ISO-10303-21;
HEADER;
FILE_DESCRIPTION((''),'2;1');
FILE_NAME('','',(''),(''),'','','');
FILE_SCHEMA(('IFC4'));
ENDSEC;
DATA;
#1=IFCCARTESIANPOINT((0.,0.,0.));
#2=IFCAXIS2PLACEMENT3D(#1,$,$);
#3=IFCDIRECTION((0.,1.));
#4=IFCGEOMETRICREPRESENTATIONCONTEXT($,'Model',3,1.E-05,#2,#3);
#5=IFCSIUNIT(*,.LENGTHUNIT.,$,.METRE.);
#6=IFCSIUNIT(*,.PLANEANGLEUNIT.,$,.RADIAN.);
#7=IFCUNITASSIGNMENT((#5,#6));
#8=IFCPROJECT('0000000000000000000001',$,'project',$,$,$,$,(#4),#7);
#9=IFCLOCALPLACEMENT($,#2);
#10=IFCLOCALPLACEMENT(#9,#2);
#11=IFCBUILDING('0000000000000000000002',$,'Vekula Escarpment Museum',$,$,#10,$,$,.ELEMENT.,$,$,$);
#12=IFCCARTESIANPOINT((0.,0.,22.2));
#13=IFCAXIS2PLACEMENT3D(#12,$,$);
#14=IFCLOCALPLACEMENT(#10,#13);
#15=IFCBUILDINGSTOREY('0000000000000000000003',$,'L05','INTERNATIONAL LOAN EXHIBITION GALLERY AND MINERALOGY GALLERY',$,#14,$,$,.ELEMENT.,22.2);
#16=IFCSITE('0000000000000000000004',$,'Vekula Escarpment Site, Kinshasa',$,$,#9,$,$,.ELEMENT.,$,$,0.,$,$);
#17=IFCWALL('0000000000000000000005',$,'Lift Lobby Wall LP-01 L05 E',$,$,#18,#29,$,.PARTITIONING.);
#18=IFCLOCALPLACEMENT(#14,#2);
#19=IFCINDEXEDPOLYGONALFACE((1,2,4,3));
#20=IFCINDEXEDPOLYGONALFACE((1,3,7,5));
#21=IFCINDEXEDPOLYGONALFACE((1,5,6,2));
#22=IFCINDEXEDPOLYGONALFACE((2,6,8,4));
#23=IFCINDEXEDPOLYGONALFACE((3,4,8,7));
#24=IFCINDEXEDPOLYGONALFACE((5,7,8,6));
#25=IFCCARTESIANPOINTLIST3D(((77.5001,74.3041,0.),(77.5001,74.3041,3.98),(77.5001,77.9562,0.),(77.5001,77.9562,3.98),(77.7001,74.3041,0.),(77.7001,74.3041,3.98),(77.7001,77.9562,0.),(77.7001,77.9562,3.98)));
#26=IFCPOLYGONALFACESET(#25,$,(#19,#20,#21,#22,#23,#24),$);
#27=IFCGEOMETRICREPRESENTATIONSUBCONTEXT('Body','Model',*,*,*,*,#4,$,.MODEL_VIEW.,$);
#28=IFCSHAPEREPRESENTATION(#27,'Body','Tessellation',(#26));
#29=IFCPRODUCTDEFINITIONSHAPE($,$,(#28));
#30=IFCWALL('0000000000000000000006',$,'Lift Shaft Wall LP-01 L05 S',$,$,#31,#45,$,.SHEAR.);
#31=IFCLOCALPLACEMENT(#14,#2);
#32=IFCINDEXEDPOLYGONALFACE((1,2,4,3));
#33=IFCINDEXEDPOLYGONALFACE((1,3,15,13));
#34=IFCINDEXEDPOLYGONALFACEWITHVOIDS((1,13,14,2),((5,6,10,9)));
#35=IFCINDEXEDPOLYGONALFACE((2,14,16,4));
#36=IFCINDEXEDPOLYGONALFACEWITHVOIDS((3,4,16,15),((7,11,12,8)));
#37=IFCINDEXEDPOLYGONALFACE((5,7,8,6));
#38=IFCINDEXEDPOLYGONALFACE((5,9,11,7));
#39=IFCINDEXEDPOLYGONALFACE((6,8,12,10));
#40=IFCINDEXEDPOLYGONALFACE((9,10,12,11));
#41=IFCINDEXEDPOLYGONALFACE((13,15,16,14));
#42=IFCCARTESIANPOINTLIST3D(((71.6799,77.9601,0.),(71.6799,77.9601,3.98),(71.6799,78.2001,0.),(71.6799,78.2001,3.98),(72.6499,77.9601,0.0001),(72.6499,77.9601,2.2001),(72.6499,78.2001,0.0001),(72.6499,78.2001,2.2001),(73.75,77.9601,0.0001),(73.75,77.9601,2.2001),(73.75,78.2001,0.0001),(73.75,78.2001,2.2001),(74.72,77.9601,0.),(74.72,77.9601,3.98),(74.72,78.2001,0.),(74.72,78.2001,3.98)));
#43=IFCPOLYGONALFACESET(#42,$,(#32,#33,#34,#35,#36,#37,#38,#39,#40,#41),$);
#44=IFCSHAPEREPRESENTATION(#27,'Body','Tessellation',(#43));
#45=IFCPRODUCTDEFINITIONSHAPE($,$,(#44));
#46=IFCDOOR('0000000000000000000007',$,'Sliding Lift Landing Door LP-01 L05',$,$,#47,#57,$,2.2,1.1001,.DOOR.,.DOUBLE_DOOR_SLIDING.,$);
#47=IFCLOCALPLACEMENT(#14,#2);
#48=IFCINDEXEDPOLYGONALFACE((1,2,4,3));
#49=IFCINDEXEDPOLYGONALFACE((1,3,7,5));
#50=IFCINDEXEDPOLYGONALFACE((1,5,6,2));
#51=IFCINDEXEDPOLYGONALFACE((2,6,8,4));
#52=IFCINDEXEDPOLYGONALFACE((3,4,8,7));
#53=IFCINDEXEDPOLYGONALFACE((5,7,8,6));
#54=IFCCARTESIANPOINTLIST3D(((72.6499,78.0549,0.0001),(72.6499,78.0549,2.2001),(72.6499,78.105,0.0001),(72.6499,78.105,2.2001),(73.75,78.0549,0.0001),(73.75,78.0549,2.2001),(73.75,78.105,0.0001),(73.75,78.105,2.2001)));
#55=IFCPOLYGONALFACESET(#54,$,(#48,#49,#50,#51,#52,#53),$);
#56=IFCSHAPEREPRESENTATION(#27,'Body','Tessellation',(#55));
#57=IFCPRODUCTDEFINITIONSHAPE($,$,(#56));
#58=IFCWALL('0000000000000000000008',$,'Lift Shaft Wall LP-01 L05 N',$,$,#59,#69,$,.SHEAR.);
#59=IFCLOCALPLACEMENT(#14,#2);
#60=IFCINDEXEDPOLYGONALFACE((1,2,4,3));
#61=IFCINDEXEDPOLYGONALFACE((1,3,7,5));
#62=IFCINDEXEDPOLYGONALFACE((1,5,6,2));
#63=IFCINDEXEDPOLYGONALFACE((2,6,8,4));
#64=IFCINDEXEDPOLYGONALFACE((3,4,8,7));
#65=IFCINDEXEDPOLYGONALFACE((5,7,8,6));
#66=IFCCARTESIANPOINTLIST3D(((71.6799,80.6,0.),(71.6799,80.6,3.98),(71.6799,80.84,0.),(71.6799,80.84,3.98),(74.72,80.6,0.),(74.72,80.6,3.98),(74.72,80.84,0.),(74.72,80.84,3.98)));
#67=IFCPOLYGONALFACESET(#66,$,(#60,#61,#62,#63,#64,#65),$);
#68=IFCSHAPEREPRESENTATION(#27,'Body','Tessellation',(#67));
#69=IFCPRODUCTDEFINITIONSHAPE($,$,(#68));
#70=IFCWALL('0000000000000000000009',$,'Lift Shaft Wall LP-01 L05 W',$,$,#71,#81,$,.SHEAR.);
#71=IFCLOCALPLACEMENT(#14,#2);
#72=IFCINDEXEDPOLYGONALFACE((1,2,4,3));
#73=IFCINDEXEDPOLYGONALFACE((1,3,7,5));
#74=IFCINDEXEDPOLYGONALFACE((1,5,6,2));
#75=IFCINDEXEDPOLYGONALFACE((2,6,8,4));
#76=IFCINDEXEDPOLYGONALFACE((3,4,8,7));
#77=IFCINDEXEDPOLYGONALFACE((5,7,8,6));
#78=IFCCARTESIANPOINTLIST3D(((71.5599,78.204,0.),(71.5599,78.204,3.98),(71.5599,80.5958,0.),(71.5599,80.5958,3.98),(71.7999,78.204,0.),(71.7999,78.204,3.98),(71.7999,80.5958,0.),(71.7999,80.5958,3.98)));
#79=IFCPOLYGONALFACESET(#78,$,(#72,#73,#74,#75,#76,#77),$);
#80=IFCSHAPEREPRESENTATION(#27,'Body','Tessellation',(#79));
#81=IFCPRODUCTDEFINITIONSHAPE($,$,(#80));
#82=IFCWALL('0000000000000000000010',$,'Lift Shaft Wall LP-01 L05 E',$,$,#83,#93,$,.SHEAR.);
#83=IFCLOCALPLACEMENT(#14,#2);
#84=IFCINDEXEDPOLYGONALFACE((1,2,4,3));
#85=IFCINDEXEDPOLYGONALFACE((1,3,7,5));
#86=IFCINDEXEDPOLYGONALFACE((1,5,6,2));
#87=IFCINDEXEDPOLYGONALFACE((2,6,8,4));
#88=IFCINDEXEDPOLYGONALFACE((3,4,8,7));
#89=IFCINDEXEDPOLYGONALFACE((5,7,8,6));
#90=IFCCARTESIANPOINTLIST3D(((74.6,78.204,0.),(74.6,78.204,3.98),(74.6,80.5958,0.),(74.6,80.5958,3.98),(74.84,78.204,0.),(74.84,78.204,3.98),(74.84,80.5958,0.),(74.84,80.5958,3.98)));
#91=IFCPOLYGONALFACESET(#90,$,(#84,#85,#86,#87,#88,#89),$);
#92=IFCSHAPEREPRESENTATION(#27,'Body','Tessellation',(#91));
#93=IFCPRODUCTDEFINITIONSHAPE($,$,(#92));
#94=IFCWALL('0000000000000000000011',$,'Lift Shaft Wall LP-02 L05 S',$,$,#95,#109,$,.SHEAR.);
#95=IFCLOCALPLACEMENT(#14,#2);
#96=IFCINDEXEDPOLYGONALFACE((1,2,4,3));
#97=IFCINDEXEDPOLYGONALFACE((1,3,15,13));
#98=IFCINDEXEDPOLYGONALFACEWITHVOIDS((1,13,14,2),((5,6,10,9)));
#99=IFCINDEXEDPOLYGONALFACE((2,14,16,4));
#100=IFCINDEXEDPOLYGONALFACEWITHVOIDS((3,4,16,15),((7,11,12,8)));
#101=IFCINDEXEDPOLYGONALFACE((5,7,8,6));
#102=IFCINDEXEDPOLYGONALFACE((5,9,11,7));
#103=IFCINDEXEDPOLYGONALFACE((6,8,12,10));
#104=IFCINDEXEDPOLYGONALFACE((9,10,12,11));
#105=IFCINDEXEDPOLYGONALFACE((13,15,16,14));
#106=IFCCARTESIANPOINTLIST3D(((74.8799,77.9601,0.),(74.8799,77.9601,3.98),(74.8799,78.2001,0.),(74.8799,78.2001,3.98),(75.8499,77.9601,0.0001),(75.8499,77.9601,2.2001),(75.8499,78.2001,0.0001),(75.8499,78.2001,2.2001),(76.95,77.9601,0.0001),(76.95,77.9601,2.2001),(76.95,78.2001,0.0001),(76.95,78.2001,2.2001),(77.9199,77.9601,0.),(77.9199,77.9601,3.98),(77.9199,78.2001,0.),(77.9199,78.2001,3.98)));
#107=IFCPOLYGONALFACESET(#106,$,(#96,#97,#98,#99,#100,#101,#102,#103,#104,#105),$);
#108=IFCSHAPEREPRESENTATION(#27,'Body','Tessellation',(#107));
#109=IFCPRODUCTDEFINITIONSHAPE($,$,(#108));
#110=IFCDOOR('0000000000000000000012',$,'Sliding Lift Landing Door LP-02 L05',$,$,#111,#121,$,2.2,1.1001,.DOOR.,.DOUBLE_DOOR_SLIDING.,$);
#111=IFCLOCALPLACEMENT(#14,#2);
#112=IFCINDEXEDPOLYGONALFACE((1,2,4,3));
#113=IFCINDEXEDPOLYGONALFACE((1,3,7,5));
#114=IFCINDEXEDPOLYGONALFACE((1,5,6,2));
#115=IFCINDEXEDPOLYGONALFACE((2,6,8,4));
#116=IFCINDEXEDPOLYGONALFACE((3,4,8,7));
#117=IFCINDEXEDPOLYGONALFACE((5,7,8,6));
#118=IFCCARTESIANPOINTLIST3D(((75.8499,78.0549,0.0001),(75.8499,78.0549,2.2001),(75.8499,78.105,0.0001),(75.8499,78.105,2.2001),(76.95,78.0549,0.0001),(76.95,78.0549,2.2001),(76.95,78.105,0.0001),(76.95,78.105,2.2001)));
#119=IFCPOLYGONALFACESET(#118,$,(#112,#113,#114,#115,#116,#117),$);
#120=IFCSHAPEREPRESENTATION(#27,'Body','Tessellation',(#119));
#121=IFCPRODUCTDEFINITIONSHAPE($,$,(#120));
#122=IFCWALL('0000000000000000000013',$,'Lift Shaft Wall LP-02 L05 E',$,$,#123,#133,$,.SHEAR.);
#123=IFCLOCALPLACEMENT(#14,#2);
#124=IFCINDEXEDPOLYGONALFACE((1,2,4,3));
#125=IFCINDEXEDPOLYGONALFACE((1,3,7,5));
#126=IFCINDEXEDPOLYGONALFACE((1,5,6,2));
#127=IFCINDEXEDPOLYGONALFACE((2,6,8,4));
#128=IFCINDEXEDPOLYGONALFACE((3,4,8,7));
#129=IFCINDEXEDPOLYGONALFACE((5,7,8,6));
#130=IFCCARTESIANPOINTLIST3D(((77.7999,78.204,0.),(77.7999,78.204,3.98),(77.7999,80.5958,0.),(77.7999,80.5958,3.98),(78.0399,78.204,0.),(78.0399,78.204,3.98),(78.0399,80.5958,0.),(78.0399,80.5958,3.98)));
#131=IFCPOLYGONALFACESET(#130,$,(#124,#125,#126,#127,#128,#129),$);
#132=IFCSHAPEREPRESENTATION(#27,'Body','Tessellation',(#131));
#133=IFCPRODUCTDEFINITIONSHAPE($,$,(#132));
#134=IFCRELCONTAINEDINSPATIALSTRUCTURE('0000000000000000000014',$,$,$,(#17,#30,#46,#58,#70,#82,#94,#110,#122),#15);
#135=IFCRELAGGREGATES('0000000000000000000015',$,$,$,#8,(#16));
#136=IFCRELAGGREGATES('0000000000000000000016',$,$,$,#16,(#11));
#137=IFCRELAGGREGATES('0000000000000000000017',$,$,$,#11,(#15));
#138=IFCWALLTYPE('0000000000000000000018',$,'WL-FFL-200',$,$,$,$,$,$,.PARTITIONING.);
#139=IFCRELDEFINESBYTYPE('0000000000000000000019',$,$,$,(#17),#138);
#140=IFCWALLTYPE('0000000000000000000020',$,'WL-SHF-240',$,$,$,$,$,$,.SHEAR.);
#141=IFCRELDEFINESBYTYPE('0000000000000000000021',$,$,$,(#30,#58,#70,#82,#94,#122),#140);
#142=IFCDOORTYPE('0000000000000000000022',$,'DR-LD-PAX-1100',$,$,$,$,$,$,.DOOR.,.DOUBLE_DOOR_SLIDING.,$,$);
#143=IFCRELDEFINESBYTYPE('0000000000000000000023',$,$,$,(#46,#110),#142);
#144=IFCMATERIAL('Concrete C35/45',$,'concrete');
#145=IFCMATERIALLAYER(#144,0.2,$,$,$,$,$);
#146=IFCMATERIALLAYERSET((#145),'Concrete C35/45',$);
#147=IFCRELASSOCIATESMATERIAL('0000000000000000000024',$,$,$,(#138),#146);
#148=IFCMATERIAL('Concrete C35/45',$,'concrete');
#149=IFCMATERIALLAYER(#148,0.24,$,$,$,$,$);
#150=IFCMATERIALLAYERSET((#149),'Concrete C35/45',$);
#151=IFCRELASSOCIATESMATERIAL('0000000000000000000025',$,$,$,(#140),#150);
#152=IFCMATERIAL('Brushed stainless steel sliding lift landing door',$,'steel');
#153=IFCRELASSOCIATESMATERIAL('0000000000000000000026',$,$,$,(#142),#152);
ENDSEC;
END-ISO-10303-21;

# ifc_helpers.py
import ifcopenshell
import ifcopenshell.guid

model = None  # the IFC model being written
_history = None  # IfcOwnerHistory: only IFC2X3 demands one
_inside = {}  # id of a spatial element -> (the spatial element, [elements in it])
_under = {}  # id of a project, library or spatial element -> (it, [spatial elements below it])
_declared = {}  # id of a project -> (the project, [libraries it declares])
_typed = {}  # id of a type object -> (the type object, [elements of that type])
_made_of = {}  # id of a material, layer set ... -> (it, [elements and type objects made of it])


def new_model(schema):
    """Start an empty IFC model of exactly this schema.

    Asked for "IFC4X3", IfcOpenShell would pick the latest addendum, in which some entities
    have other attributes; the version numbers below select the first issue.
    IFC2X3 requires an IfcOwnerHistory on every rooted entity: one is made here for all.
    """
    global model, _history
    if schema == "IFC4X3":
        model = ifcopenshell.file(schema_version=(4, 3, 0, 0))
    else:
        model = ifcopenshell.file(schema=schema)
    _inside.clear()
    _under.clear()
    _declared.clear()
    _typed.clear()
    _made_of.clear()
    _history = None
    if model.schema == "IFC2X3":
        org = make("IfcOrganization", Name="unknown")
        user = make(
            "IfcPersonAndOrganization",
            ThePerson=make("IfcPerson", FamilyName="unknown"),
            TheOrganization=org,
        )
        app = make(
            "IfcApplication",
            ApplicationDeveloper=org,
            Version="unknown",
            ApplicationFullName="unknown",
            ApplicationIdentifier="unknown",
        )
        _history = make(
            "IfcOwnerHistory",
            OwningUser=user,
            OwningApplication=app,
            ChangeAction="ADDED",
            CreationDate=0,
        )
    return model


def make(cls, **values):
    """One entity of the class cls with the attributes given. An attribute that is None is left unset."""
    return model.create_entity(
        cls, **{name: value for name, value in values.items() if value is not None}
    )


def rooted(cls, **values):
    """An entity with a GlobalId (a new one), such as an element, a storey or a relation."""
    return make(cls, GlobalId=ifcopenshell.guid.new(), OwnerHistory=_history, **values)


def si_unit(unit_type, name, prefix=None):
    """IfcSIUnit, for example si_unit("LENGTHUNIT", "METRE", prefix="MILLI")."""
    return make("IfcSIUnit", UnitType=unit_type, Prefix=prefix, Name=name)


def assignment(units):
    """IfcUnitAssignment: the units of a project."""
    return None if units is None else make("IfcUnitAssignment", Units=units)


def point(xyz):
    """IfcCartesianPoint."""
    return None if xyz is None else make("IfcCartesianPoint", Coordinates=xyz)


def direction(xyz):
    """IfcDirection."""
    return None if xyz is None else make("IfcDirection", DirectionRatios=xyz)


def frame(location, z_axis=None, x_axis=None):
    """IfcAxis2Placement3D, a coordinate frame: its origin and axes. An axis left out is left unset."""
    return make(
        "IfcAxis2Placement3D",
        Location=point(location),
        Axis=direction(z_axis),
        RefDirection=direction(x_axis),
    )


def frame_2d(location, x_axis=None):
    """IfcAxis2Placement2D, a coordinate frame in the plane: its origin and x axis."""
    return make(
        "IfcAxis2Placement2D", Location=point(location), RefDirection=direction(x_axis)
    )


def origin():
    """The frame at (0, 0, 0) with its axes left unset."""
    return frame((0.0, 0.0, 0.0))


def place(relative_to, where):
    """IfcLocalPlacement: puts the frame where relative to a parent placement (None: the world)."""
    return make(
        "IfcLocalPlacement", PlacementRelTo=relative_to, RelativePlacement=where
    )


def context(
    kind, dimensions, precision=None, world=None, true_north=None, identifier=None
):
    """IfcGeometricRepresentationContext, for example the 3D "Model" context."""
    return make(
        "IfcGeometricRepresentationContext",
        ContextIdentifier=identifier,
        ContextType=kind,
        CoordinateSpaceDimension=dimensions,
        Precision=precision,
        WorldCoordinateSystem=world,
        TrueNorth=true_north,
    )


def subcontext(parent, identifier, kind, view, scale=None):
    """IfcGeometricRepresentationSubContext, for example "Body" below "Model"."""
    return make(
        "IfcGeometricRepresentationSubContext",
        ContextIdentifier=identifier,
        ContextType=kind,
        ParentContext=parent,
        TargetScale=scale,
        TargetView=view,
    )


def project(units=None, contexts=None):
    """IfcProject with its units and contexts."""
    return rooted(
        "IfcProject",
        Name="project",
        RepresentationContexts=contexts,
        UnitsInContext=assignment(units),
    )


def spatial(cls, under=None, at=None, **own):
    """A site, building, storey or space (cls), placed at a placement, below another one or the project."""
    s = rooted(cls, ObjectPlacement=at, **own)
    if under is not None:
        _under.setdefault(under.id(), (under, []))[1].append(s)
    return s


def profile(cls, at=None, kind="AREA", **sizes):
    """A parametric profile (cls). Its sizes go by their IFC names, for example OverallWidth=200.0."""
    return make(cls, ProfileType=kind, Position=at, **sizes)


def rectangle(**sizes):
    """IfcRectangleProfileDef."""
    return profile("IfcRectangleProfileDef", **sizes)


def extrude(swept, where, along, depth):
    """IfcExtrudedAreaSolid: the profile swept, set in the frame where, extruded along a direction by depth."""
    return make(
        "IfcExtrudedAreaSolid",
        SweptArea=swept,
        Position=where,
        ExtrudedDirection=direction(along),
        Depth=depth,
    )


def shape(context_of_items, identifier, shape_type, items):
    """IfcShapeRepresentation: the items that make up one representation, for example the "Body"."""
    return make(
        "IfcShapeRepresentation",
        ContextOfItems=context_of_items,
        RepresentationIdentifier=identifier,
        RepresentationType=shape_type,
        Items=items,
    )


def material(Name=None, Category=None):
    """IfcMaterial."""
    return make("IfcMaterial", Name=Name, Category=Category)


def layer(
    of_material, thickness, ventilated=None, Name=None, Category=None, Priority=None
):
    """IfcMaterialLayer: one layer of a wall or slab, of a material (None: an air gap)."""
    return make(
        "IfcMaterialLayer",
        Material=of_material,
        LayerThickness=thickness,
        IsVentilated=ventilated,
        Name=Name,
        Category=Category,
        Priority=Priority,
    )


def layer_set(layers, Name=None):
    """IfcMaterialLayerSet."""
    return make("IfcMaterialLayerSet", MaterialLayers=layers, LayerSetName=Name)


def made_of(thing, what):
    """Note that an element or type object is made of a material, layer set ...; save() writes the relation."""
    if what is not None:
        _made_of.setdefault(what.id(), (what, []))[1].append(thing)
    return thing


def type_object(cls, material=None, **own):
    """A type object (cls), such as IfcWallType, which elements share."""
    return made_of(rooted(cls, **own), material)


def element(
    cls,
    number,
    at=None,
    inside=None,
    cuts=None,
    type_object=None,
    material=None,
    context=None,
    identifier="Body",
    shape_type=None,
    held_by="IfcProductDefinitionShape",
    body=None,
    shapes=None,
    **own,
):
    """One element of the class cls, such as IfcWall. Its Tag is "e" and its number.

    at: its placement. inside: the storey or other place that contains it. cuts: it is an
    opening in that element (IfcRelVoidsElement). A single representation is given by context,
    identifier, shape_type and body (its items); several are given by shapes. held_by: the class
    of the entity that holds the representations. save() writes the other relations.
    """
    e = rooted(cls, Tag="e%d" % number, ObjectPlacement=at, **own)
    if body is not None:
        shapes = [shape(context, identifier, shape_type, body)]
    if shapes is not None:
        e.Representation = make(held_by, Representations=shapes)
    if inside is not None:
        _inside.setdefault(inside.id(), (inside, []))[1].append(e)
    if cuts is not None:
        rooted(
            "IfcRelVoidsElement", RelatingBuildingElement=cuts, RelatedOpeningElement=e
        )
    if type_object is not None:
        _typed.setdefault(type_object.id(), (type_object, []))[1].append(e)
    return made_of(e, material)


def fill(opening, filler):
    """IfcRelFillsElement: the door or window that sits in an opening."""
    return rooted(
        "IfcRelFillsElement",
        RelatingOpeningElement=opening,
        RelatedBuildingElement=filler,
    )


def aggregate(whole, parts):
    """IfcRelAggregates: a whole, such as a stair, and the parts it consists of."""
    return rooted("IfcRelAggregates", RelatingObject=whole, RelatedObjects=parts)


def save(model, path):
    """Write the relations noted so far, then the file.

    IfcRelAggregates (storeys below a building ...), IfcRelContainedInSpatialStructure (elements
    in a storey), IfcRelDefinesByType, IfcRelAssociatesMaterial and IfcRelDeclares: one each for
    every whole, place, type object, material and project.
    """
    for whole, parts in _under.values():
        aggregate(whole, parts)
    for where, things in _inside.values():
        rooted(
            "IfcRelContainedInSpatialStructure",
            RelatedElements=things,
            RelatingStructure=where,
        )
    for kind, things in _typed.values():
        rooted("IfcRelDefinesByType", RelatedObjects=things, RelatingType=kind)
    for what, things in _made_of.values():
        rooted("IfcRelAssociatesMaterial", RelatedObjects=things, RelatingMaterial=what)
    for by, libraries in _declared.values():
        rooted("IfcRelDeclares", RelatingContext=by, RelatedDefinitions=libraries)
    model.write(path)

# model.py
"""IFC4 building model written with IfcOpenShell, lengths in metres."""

from ifc_helpers import new_model, si_unit, direction, frame, frame_2d, origin, place, context, subcontext, project, spatial, rectangle, extrude, material, layer, layer_set, type_object, element, fill, save


model = new_model("IFC4")

# Units and contexts
model_context = context("Model", 3, precision=1e-05, world=origin(), true_north=direction((0.0, 1.0)))
body_context = subcontext(model_context, "Body", "Model", "MODEL_VIEW")
ifc_project = project(units=[si_unit("LENGTHUNIT", "METRE"), si_unit("PLANEANGLEUNIT", "RADIAN")], contexts=[model_context])

# Site, building, storey
site_placement = place(None, origin())
site = spatial("IfcSite", under=ifc_project, at=site_placement, Name="Vekula Escarpment Site, Kinshasa", CompositionType="ELEMENT", RefElevation=0.0)
building_placement = place(site_placement, origin())
building = spatial("IfcBuilding", under=site, at=building_placement, Name="Vekula Escarpment Museum", CompositionType="ELEMENT")
storey_placement = place(building_placement, frame((0.0, 0.0, 22.2)))
storey = spatial("IfcBuildingStorey", under=building, at=storey_placement, Name="L05", Description="INTERNATIONAL LOAN EXHIBITION GALLERY AND MINERALOGY GALLERY", CompositionType="ELEMENT", Elevation=22.2)

# Shared definitions
ifc_material_1 = material(Name="Concrete C35/45", Category="concrete")
ifc_layer_1 = layer(ifc_material_1, 0.2)
ifc_layer_set_1 = layer_set([ifc_layer_1], Name="Concrete C35/45")
wall_type_1 = type_object("IfcWallType", Name="WL-FFL-200", PredefinedType="PARTITIONING", material=ifc_layer_set_1)

# Wall
wall_1_placement = place(storey_placement, frame((77.6001, 74.304, 0.0), z_axis=(0.0, 0.0, 1.0), x_axis=(0.0, 1.0, 0.0)))
element("IfcWall", 1, at=wall_1_placement, inside=storey, type_object=wall_type_1, Name="Lift Lobby Wall LP-01 L05 E", PredefinedType="PARTITIONING", context=body_context, shape_type="SweptSolid", body=[
    extrude(rectangle(XDim=3.6521, YDim=0.2, at=frame_2d((1.8262, 0.0))), origin(), (0.0, 0.0, 1.0), 3.98),
])

# Wall, opening, door
ifc_material_2 = material(Name="Concrete C35/45", Category="concrete")
ifc_layer_2 = layer(ifc_material_2, 0.24)
ifc_layer_set_2 = layer_set([ifc_layer_2], Name="Concrete C35/45")
wall_type_2 = type_object("IfcWallType", Name="WL-SHF-240", PredefinedType="SHEAR", material=ifc_layer_set_2)
wall_2_placement = place(storey_placement, frame((71.6799, 78.0801, 0.0), z_axis=(0.0, 0.0, 1.0), x_axis=(1.0, 0.0, 0.0)))
wall_2 = element("IfcWall", 2, at=wall_2_placement, inside=storey, type_object=wall_type_2, Name="Lift Shaft Wall LP-01 L05 S", PredefinedType="SHEAR", context=body_context, shape_type="SweptSolid", body=[
    extrude(rectangle(XDim=3.04, YDim=0.24, at=frame_2d((1.52, 0.0))), origin(), (0.0, 0.0, 1.0), 3.98),
])
opening_1_placement = place(wall_2_placement, frame((0.97, 0.0, 0.0)))
opening_1 = element("IfcOpeningElement", 3, at=opening_1_placement, cuts=wall_2, PredefinedType="OPENING", context=body_context, shape_type="SweptSolid", body=[
    extrude(rectangle(XDim=1.1001, YDim=2.2, at=frame_2d((0.55, 1.1001))), frame((0.0, 0.1299, 0.0), z_axis=(0.0, -1.0, 0.0), x_axis=(1.0, 0.0, 0.0)), (0.0, 0.0, 1.0), 0.26),
])
ifc_material_3 = material(Name="Brushed stainless steel sliding lift landing door", Category="steel")
door_type_1 = type_object("IfcDoorType", Name="DR-LD-PAX-1100", OperationType="DOUBLE_DOOR_SLIDING", PredefinedType="DOOR", material=ifc_material_3)
door_1_placement = place(opening_1_placement, origin())
door_1 = element("IfcDoor", 4, at=door_1_placement, inside=storey, type_object=door_type_1, Name="Sliding Lift Landing Door LP-01 L05", OperationType="DOUBLE_DOOR_SLIDING", OverallHeight=2.2, OverallWidth=1.1001, PredefinedType="DOOR", context=body_context, shape_type="SweptSolid", body=[
    extrude(rectangle(XDim=1.1001, YDim=2.2, at=frame_2d((0.55, 1.1001))), frame((0.0, 0.0249, 0.0), z_axis=(0.0, -1.0, 0.0), x_axis=(1.0, 0.0, 0.0)), (0.0, 0.0, 1.0), 0.05),
])
fill(opening_1, door_1)

# Walls
wall_3_placement = place(storey_placement, frame((71.6799, 80.72, 0.0), z_axis=(0.0, 0.0, 1.0), x_axis=(1.0, 0.0, 0.0)))
element("IfcWall", 5, at=wall_3_placement, inside=storey, type_object=wall_type_2, Name="Lift Shaft Wall LP-01 L05 N", PredefinedType="SHEAR", context=body_context, shape_type="SweptSolid", body=[
    extrude(rectangle(XDim=3.04, YDim=0.24, at=frame_2d((1.52, 0.0))), origin(), (0.0, 0.0, 1.0), 3.98),
])
for number, where, z_axis, x_axis, name in (
    (6, (71.6799, 78.2041, 0.0), (0.0, 0.0, 1.0), (0.0, 1.0, 0.0), "Lift Shaft Wall LP-01 L05 W"),
    (7, (74.72, 78.2041, 0.0), (0.0, 0.0, 1.0), (0.0, 1.0, 0.0), "Lift Shaft Wall LP-01 L05 E"),
):
    element("IfcWall", number, at=place(storey_placement, frame(where, z_axis=z_axis, x_axis=x_axis)), inside=storey, type_object=wall_type_2, Name=name, PredefinedType="SHEAR", context=body_context, shape_type="SweptSolid", body=[
        extrude(rectangle(XDim=2.3918, YDim=0.24, at=frame_2d((1.1958, 0.0))), origin(), (0.0, 0.0, 1.0), 3.98),
    ])

# Wall, opening, door
wall_4_placement = place(storey_placement, frame((74.8799, 78.0801, 0.0), z_axis=(0.0, 0.0, 1.0), x_axis=(1.0, 0.0, 0.0)))
wall_4 = element("IfcWall", 8, at=wall_4_placement, inside=storey, type_object=wall_type_2, Name="Lift Shaft Wall LP-02 L05 S", PredefinedType="SHEAR", context=body_context, shape_type="SweptSolid", body=[
    extrude(rectangle(XDim=3.04, YDim=0.24, at=frame_2d((1.52, 0.0))), origin(), (0.0, 0.0, 1.0), 3.98),
])
opening_2_placement = place(wall_4_placement, frame((0.97, 0.0, 0.0)))
opening_2 = element("IfcOpeningElement", 9, at=opening_2_placement, cuts=wall_4, PredefinedType="OPENING", context=body_context, shape_type="SweptSolid", body=[
    extrude(rectangle(XDim=1.1001, YDim=2.2, at=frame_2d((0.55, 1.1001))), frame((0.0, 0.1299, 0.0), z_axis=(0.0, -1.0, 0.0), x_axis=(1.0, 0.0, 0.0)), (0.0, 0.0, 1.0), 0.26),
])
door_2_placement = place(opening_2_placement, origin())
door_2 = element("IfcDoor", 10, at=door_2_placement, inside=storey, type_object=door_type_1, Name="Sliding Lift Landing Door LP-02 L05", OperationType="DOUBLE_DOOR_SLIDING", OverallHeight=2.2, OverallWidth=1.1001, PredefinedType="DOOR", context=body_context, shape_type="SweptSolid", body=[
    extrude(rectangle(XDim=1.1001, YDim=2.2, at=frame_2d((0.55, 1.1001))), frame((0.0, 0.0249, 0.0), z_axis=(0.0, -1.0, 0.0), x_axis=(1.0, 0.0, 0.0)), (0.0, 0.0, 1.0), 0.05),
])
fill(opening_2, door_2)

# Wall
wall_5_placement = place(storey_placement, frame((77.9199, 78.2041, 0.0), z_axis=(0.0, 0.0, 1.0), x_axis=(0.0, 1.0, 0.0)))
element("IfcWall", 11, at=wall_5_placement, inside=storey, type_object=wall_type_2, Name="Lift Shaft Wall LP-02 L05 E", PredefinedType="SHEAR", context=body_context, shape_type="SweptSolid", body=[
    extrude(rectangle(XDim=2.3918, YDim=0.24, at=frame_2d((1.1958, 0.0))), origin(), (0.0, 0.0, 1.0), 3.98),
])

save(model, "model.ifc")
